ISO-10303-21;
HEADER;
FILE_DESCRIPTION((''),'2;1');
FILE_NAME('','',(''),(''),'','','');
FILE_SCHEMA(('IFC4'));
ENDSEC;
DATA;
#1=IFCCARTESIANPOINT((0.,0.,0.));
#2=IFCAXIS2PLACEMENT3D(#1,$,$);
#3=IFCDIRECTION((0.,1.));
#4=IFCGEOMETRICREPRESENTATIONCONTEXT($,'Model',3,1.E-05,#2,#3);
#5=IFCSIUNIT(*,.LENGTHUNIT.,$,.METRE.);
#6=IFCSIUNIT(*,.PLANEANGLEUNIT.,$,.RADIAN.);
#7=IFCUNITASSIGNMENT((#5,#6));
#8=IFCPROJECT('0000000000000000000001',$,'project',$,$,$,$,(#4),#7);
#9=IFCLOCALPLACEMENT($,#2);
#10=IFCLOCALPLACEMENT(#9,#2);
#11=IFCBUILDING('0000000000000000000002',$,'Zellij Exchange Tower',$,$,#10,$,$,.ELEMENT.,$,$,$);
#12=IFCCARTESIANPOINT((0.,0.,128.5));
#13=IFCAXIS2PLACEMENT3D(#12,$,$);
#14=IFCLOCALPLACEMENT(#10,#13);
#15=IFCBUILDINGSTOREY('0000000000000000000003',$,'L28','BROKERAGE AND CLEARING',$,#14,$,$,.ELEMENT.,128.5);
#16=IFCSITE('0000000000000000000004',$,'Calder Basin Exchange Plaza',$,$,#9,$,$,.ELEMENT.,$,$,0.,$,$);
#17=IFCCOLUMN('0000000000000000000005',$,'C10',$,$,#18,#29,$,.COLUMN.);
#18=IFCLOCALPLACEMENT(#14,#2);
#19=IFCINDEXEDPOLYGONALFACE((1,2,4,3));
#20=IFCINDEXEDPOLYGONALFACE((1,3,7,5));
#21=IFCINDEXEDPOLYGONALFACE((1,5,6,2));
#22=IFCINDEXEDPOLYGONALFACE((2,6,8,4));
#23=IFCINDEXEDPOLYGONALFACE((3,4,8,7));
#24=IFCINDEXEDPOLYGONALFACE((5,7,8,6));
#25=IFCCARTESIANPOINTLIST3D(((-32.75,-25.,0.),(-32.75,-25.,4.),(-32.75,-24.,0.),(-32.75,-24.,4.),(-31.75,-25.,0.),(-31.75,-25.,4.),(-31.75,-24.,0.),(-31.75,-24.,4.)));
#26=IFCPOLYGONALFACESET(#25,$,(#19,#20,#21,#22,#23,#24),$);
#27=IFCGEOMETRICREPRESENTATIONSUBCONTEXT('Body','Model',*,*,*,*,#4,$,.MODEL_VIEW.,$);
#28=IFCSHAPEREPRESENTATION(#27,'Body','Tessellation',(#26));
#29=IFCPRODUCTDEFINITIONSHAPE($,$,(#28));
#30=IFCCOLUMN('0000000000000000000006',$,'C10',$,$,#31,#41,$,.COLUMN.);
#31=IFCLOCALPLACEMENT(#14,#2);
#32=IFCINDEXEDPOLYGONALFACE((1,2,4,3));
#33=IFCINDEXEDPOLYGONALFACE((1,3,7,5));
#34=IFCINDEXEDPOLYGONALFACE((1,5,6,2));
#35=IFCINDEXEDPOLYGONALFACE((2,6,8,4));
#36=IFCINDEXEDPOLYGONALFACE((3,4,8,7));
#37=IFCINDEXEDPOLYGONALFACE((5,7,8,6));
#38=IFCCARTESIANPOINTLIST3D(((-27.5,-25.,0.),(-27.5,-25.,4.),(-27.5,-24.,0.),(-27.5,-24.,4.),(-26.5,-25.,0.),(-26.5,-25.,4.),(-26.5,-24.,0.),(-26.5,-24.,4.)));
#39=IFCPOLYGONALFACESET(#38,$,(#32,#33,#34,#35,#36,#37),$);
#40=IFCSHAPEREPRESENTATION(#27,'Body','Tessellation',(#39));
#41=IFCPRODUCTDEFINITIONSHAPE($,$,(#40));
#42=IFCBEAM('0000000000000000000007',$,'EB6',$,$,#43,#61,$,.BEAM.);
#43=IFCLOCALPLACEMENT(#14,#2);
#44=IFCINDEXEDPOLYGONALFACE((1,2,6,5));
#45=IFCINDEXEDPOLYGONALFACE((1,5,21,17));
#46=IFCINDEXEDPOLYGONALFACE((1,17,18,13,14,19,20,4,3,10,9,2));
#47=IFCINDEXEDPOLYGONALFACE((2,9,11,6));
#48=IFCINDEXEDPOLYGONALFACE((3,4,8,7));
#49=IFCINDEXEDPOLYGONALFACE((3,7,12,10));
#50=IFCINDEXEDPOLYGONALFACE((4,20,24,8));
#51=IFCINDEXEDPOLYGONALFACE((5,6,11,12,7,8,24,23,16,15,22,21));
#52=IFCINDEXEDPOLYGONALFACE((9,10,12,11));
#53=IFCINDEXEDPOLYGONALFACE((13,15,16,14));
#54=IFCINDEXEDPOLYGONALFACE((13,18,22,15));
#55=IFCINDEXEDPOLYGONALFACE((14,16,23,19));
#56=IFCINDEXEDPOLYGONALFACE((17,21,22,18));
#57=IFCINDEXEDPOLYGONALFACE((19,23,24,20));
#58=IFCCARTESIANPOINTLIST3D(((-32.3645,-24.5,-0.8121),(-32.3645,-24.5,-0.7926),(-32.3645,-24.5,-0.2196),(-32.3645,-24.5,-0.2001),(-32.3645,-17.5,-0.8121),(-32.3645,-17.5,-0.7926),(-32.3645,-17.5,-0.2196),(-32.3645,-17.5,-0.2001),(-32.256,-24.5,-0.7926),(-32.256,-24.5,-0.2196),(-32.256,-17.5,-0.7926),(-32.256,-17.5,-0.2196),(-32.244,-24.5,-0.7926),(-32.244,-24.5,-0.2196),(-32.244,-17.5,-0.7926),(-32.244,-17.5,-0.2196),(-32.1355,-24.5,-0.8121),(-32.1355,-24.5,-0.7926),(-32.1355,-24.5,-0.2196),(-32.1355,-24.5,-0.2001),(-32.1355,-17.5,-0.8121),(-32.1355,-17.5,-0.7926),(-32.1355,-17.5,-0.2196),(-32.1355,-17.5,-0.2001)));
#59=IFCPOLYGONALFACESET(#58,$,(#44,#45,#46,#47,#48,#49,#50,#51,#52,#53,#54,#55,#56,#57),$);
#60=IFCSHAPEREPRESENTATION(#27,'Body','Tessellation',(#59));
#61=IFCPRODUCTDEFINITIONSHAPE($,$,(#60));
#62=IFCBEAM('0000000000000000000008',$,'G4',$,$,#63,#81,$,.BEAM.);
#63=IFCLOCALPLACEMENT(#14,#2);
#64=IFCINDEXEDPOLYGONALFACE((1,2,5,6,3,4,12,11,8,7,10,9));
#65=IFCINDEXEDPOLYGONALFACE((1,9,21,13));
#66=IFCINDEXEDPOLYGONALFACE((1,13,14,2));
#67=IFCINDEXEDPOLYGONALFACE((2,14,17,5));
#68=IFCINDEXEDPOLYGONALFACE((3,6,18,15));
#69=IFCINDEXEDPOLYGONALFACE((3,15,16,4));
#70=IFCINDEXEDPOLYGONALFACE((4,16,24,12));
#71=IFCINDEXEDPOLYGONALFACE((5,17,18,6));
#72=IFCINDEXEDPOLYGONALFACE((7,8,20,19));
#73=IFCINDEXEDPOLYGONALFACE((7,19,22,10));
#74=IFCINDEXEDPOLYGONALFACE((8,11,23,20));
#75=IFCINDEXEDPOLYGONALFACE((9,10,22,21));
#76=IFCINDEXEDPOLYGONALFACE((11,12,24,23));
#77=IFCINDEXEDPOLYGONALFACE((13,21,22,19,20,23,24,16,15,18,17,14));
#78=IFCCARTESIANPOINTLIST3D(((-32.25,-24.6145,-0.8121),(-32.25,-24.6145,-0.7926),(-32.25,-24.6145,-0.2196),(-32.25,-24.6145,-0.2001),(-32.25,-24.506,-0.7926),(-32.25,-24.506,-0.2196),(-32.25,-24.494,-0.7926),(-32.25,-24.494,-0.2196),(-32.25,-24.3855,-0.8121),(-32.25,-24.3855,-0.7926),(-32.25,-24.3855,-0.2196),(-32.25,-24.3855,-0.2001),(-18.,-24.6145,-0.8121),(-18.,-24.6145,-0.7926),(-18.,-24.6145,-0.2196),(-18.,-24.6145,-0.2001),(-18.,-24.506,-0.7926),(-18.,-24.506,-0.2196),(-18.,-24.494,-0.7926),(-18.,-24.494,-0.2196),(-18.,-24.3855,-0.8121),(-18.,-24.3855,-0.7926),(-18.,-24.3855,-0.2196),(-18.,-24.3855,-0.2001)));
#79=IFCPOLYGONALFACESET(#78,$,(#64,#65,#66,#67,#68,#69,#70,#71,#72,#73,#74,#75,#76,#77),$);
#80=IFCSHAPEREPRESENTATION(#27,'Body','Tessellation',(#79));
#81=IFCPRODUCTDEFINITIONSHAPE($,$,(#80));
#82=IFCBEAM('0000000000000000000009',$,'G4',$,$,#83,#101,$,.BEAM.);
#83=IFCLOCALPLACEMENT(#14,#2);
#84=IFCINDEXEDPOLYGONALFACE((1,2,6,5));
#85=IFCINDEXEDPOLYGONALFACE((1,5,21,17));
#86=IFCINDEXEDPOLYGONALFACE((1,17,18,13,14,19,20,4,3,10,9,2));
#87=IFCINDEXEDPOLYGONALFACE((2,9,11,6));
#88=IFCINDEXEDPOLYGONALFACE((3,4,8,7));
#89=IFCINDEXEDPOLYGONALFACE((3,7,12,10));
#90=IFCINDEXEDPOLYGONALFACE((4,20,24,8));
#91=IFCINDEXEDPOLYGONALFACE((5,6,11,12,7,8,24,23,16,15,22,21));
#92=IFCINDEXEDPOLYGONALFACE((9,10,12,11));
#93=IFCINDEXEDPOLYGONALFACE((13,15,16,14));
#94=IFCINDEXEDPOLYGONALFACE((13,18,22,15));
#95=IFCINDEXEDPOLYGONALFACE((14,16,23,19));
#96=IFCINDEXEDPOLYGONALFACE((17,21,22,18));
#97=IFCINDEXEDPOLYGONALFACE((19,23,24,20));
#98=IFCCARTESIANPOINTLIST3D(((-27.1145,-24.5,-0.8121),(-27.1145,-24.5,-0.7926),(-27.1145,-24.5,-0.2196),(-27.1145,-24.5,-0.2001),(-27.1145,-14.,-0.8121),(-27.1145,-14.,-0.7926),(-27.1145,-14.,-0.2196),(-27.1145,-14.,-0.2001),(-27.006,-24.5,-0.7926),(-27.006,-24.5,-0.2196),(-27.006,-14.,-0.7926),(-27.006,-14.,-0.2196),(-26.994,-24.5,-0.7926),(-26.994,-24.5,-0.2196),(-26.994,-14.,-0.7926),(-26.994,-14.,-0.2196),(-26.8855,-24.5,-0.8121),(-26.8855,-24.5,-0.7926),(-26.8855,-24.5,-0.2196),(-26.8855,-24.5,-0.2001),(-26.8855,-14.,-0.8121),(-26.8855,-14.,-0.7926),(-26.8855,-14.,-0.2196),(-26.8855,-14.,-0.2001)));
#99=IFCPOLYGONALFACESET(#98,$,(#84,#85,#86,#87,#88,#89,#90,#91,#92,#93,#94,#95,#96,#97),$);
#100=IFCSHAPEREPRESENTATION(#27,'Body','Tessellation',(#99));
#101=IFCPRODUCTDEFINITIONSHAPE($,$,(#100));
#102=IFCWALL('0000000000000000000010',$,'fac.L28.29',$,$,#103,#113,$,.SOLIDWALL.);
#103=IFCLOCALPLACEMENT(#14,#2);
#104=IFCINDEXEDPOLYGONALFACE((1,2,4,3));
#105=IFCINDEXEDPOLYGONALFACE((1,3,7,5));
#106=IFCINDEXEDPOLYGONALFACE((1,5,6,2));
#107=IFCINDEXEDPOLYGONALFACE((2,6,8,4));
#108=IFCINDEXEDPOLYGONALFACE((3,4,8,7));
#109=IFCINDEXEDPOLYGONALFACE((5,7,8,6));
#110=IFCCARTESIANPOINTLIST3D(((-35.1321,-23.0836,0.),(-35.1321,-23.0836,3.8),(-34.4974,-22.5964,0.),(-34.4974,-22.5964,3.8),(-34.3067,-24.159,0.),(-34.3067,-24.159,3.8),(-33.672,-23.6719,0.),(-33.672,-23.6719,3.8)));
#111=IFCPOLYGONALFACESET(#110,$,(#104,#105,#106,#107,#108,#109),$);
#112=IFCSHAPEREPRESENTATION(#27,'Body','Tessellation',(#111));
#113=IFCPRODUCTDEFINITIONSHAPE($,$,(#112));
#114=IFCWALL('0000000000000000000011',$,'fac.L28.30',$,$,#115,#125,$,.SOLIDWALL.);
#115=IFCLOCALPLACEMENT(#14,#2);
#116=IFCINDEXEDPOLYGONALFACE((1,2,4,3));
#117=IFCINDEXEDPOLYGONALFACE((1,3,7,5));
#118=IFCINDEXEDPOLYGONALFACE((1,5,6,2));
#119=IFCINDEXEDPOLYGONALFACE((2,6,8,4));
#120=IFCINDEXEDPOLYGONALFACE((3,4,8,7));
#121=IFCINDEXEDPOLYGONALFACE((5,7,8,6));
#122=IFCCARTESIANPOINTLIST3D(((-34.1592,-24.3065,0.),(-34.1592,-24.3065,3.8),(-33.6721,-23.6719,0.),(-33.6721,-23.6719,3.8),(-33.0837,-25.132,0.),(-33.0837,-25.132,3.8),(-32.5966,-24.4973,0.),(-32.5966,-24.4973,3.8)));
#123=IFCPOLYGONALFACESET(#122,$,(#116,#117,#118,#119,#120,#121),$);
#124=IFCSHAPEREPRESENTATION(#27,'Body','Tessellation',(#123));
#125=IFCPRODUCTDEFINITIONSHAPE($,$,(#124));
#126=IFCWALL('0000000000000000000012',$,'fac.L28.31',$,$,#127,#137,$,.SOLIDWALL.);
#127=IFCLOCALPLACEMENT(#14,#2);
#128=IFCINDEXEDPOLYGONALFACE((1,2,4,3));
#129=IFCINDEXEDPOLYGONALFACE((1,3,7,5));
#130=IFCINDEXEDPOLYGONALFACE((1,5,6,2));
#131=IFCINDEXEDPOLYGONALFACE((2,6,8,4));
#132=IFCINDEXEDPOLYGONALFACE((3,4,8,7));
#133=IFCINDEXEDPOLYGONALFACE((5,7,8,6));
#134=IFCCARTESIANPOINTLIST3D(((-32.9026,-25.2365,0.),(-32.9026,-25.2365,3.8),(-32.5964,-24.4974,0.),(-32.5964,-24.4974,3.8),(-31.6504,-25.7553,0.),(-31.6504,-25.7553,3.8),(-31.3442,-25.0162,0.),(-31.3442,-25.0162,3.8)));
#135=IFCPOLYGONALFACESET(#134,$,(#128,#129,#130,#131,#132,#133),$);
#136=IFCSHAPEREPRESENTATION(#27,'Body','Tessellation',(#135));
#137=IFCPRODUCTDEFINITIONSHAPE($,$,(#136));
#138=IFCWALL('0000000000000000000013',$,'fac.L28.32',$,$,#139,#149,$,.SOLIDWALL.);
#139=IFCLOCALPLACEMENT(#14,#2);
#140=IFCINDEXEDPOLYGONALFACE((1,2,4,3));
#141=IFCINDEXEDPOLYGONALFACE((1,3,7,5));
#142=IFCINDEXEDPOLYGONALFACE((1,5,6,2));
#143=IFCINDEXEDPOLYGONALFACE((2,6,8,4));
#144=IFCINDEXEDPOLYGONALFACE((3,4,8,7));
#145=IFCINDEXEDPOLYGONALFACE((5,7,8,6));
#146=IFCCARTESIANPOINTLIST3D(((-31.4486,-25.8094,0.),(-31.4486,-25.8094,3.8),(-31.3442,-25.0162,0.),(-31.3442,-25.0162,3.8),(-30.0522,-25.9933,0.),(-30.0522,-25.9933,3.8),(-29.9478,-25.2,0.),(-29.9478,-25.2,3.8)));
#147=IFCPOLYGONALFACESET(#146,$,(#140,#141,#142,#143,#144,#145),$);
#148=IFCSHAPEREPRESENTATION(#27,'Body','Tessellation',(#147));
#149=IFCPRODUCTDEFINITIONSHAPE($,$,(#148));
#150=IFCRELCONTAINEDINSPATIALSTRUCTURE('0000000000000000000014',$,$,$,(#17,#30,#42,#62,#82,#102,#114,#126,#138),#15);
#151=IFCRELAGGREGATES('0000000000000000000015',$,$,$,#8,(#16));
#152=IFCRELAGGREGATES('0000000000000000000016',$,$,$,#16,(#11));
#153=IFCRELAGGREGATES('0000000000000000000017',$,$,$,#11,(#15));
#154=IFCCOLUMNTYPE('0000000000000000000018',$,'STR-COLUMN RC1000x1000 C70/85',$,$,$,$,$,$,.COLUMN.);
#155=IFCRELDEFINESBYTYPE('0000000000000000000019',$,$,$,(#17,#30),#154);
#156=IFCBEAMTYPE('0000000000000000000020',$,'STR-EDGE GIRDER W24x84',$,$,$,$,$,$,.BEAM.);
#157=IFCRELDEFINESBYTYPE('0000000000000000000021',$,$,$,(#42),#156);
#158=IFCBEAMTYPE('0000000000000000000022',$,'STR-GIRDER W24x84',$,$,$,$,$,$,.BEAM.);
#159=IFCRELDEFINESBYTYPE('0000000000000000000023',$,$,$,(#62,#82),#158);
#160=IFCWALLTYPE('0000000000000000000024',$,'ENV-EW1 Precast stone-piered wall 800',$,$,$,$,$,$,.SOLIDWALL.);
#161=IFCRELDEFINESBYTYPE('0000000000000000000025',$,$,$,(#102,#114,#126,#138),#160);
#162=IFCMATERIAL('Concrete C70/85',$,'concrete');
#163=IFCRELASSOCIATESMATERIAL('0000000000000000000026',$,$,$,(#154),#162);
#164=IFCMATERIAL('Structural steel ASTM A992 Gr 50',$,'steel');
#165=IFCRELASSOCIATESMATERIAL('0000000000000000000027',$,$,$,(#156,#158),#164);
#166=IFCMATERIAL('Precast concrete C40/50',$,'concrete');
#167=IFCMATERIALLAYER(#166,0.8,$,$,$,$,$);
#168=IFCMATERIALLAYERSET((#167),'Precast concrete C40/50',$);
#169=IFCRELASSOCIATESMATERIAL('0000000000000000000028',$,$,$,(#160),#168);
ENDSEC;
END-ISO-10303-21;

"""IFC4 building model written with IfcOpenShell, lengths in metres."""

from ifc_helpers import new_model, si_unit, direction, frame, frame_2d, origin, origin_2d, place, context, subcontext, project, spatial, rectangle, i_section, extrude, material, layer, layer_set, material_profile, profile_set, type_object, element, save


model = new_model("IFC4")

# Units and contexts
model_context = context("Model", 3, precision=1e-05, world=origin(), true_north=direction((0.0, 1.0)))
body_context = subcontext(model_context, "Body", "Model", "MODEL_VIEW")
ifc_project = project(units=[si_unit("LENGTHUNIT", "METRE"), si_unit("PLANEANGLEUNIT", "RADIAN")], contexts=[model_context])

# Site, building, storey
site_placement = place(None, origin())
site = spatial("IfcSite", under=ifc_project, at=site_placement, Name="Calder Basin Exchange Plaza", CompositionType="ELEMENT", RefElevation=0.0)
building_placement = place(site_placement, origin())
building = spatial("IfcBuilding", under=site, at=building_placement, Name="Zellij Exchange Tower", CompositionType="ELEMENT")
storey_placement = place(building_placement, frame((0.0, 0.0, 128.5)))
storey = spatial("IfcBuildingStorey", under=building, at=storey_placement, Name="L28", Description="BROKERAGE AND CLEARING", CompositionType="ELEMENT", Elevation=128.5)

# Columns
ifc_material_1 = material(Name="Concrete C70/85", Category="concrete")
ifc_material_profile_1 = material_profile(ifc_material_1, rectangle(XDim=1.0, YDim=1.0, at=origin_2d()), Name="STR-COLUMN RC1000x1000 C70/85")
ifc_profile_set_1 = profile_set([ifc_material_profile_1], Name="Concrete C70/85")
column_type = type_object("IfcColumnType", Name="STR-COLUMN RC1000x1000 C70/85", PredefinedType="COLUMN", material=ifc_profile_set_1)
for number, where, z_axis, x_axis, name in (
    (1, (-32.25, -24.5, 0.0), (0.0, 0.0, 1.0), (1.0, 0.0, 0.0), "C10"),
    (2, (-27.0, -24.5, 0.0), (0.0, 0.0, 1.0), (1.0, 0.0, 0.0), "C10"),
):
    element("IfcColumn", number, at=place(storey_placement, frame(where, z_axis=z_axis, x_axis=x_axis)), inside=storey, type_object=column_type, Name=name, PredefinedType="COLUMN", context=body_context, shape_type="SweptSolid", body=[
        extrude(rectangle(XDim=1.0, YDim=1.0, at=origin_2d()), origin(), (0.0, 0.0, 1.0), 4.0),
    ])

# Beams
ifc_material_2 = material(Name="Structural steel ASTM A992 Gr 50", Category="steel")
ifc_material_profile_2 = material_profile(ifc_material_2, i_section(OverallWidth=0.229, OverallDepth=0.6121, WebThickness=0.012, FlangeThickness=0.0195, at=origin_2d()), Name="W24x84")
ifc_profile_set_2 = profile_set([ifc_material_profile_2], Name="Structural steel ASTM A992 Gr 50")
beam_type_1 = type_object("IfcBeamType", Name="STR-EDGE GIRDER W24x84", PredefinedType="BEAM", material=ifc_profile_set_2)
beam_1_placement = place(storey_placement, frame((-32.25, -24.5, -0.5061), z_axis=(0.0, 1.0, 0.0), x_axis=(-1.0, 0.0, 0.0)))
element("IfcBeam", 3, at=beam_1_placement, inside=storey, type_object=beam_type_1, Name="EB6", PredefinedType="BEAM", context=body_context, shape_type="SweptSolid", body=[
    extrude(i_section(OverallWidth=0.229, OverallDepth=0.6121, WebThickness=0.012, FlangeThickness=0.0195, at=origin_2d()), origin(), (0.0, 0.0, 1.0), 7.0),
])
ifc_material_profile_3 = material_profile(ifc_material_2, i_section(OverallWidth=0.229, OverallDepth=0.6121, WebThickness=0.012, FlangeThickness=0.0195, at=origin_2d()), Name="W24x84")
ifc_profile_set_3 = profile_set([ifc_material_profile_3], Name="Structural steel ASTM A992 Gr 50")
beam_type_2 = type_object("IfcBeamType", Name="STR-GIRDER W24x84", PredefinedType="BEAM", material=ifc_profile_set_3)
beam_2_placement = place(storey_placement, frame((-32.25, -24.5, -0.5061), z_axis=(1.0, 0.0, 0.0), x_axis=(0.0, 1.0, 0.0)))
element("IfcBeam", 4, at=beam_2_placement, inside=storey, type_object=beam_type_2, Name="G4", PredefinedType="BEAM", context=body_context, shape_type="SweptSolid", body=[
    extrude(i_section(OverallWidth=0.229, OverallDepth=0.6121, WebThickness=0.012, FlangeThickness=0.0195, at=origin_2d()), origin(), (0.0, 0.0, 1.0), 14.25),
])
beam_3_placement = place(storey_placement, frame((-27.0, -24.5, -0.5061), z_axis=(0.0, 1.0, 0.0), x_axis=(-1.0, 0.0, 0.0)))
element("IfcBeam", 5, at=beam_3_placement, inside=storey, type_object=beam_type_2, Name="G4", PredefinedType="BEAM", context=body_context, shape_type="SweptSolid", body=[
    extrude(i_section(OverallWidth=0.229, OverallDepth=0.6121, WebThickness=0.012, FlangeThickness=0.0195, at=origin_2d()), origin(), (0.0, 0.0, 1.0), 10.5),
])

# Shared definitions
ifc_material_3 = material(Name="Precast concrete C40/50", Category="concrete")
ifc_layer = layer(ifc_material_3, 0.8)
ifc_layer_set = layer_set([ifc_layer], Name="Precast concrete C40/50")
wall_type = type_object("IfcWallType", Name="ENV-EW1 Precast stone-piered wall 800", PredefinedType="SOLIDWALL", material=ifc_layer_set)

# Walls
for number, where, z_axis, x_axis, name in (
    (6, (-34.8147, -22.8401, 0.0), (0.0, 0.0, 1.0), (0.608866, -0.793273, 0.0), "fac.L28.29"),
    (7, (-33.9155, -23.9893, 0.0), (0.0, 0.0, 1.0), (0.793273, -0.608866, 0.0), "fac.L28.30"),
):
    element("IfcWall", number, at=place(storey_placement, frame(where, z_axis=z_axis, x_axis=x_axis)), inside=storey, type_object=wall_type, Name=name, PredefinedType="SOLIDWALL", context=body_context, shape_type="SweptSolid", body=[
        extrude(rectangle(XDim=1.3557, YDim=0.8, at=frame_2d((0.6777, 0.0))), origin(), (0.0, 0.0, 1.0), 3.8),
    ])
wall_1_placement = place(storey_placement, frame((-32.7495, -24.8669, 0.0), z_axis=(0.0, 0.0, 1.0), x_axis=(0.923848, -0.38276, 0.0)))
element("IfcWall", 8, at=wall_1_placement, inside=storey, type_object=wall_type, Name="fac.L28.31", PredefinedType="SOLIDWALL", context=body_context, shape_type="SweptSolid", body=[
    extrude(rectangle(XDim=1.3555, YDim=0.8, at=frame_2d((0.6777, 0.0))), origin(), (0.0, 0.0, 1.0), 3.8),
])
wall_2_placement = place(storey_placement, frame((-31.3962, -25.4128, 0.0), z_axis=(0.0, 0.0, 1.0), x_axis=(0.991446, -0.130517, 0.0)))
element("IfcWall", 9, at=wall_2_placement, inside=storey, type_object=wall_type, Name="fac.L28.32", PredefinedType="SOLIDWALL", context=body_context, shape_type="SweptSolid", body=[
    extrude(rectangle(XDim=1.4084, YDim=0.8, at=frame_2d((0.7041, 0.0))), origin(), (0.0, 0.0, 1.0), 3.8),
])

save(model, "model.ifc")
